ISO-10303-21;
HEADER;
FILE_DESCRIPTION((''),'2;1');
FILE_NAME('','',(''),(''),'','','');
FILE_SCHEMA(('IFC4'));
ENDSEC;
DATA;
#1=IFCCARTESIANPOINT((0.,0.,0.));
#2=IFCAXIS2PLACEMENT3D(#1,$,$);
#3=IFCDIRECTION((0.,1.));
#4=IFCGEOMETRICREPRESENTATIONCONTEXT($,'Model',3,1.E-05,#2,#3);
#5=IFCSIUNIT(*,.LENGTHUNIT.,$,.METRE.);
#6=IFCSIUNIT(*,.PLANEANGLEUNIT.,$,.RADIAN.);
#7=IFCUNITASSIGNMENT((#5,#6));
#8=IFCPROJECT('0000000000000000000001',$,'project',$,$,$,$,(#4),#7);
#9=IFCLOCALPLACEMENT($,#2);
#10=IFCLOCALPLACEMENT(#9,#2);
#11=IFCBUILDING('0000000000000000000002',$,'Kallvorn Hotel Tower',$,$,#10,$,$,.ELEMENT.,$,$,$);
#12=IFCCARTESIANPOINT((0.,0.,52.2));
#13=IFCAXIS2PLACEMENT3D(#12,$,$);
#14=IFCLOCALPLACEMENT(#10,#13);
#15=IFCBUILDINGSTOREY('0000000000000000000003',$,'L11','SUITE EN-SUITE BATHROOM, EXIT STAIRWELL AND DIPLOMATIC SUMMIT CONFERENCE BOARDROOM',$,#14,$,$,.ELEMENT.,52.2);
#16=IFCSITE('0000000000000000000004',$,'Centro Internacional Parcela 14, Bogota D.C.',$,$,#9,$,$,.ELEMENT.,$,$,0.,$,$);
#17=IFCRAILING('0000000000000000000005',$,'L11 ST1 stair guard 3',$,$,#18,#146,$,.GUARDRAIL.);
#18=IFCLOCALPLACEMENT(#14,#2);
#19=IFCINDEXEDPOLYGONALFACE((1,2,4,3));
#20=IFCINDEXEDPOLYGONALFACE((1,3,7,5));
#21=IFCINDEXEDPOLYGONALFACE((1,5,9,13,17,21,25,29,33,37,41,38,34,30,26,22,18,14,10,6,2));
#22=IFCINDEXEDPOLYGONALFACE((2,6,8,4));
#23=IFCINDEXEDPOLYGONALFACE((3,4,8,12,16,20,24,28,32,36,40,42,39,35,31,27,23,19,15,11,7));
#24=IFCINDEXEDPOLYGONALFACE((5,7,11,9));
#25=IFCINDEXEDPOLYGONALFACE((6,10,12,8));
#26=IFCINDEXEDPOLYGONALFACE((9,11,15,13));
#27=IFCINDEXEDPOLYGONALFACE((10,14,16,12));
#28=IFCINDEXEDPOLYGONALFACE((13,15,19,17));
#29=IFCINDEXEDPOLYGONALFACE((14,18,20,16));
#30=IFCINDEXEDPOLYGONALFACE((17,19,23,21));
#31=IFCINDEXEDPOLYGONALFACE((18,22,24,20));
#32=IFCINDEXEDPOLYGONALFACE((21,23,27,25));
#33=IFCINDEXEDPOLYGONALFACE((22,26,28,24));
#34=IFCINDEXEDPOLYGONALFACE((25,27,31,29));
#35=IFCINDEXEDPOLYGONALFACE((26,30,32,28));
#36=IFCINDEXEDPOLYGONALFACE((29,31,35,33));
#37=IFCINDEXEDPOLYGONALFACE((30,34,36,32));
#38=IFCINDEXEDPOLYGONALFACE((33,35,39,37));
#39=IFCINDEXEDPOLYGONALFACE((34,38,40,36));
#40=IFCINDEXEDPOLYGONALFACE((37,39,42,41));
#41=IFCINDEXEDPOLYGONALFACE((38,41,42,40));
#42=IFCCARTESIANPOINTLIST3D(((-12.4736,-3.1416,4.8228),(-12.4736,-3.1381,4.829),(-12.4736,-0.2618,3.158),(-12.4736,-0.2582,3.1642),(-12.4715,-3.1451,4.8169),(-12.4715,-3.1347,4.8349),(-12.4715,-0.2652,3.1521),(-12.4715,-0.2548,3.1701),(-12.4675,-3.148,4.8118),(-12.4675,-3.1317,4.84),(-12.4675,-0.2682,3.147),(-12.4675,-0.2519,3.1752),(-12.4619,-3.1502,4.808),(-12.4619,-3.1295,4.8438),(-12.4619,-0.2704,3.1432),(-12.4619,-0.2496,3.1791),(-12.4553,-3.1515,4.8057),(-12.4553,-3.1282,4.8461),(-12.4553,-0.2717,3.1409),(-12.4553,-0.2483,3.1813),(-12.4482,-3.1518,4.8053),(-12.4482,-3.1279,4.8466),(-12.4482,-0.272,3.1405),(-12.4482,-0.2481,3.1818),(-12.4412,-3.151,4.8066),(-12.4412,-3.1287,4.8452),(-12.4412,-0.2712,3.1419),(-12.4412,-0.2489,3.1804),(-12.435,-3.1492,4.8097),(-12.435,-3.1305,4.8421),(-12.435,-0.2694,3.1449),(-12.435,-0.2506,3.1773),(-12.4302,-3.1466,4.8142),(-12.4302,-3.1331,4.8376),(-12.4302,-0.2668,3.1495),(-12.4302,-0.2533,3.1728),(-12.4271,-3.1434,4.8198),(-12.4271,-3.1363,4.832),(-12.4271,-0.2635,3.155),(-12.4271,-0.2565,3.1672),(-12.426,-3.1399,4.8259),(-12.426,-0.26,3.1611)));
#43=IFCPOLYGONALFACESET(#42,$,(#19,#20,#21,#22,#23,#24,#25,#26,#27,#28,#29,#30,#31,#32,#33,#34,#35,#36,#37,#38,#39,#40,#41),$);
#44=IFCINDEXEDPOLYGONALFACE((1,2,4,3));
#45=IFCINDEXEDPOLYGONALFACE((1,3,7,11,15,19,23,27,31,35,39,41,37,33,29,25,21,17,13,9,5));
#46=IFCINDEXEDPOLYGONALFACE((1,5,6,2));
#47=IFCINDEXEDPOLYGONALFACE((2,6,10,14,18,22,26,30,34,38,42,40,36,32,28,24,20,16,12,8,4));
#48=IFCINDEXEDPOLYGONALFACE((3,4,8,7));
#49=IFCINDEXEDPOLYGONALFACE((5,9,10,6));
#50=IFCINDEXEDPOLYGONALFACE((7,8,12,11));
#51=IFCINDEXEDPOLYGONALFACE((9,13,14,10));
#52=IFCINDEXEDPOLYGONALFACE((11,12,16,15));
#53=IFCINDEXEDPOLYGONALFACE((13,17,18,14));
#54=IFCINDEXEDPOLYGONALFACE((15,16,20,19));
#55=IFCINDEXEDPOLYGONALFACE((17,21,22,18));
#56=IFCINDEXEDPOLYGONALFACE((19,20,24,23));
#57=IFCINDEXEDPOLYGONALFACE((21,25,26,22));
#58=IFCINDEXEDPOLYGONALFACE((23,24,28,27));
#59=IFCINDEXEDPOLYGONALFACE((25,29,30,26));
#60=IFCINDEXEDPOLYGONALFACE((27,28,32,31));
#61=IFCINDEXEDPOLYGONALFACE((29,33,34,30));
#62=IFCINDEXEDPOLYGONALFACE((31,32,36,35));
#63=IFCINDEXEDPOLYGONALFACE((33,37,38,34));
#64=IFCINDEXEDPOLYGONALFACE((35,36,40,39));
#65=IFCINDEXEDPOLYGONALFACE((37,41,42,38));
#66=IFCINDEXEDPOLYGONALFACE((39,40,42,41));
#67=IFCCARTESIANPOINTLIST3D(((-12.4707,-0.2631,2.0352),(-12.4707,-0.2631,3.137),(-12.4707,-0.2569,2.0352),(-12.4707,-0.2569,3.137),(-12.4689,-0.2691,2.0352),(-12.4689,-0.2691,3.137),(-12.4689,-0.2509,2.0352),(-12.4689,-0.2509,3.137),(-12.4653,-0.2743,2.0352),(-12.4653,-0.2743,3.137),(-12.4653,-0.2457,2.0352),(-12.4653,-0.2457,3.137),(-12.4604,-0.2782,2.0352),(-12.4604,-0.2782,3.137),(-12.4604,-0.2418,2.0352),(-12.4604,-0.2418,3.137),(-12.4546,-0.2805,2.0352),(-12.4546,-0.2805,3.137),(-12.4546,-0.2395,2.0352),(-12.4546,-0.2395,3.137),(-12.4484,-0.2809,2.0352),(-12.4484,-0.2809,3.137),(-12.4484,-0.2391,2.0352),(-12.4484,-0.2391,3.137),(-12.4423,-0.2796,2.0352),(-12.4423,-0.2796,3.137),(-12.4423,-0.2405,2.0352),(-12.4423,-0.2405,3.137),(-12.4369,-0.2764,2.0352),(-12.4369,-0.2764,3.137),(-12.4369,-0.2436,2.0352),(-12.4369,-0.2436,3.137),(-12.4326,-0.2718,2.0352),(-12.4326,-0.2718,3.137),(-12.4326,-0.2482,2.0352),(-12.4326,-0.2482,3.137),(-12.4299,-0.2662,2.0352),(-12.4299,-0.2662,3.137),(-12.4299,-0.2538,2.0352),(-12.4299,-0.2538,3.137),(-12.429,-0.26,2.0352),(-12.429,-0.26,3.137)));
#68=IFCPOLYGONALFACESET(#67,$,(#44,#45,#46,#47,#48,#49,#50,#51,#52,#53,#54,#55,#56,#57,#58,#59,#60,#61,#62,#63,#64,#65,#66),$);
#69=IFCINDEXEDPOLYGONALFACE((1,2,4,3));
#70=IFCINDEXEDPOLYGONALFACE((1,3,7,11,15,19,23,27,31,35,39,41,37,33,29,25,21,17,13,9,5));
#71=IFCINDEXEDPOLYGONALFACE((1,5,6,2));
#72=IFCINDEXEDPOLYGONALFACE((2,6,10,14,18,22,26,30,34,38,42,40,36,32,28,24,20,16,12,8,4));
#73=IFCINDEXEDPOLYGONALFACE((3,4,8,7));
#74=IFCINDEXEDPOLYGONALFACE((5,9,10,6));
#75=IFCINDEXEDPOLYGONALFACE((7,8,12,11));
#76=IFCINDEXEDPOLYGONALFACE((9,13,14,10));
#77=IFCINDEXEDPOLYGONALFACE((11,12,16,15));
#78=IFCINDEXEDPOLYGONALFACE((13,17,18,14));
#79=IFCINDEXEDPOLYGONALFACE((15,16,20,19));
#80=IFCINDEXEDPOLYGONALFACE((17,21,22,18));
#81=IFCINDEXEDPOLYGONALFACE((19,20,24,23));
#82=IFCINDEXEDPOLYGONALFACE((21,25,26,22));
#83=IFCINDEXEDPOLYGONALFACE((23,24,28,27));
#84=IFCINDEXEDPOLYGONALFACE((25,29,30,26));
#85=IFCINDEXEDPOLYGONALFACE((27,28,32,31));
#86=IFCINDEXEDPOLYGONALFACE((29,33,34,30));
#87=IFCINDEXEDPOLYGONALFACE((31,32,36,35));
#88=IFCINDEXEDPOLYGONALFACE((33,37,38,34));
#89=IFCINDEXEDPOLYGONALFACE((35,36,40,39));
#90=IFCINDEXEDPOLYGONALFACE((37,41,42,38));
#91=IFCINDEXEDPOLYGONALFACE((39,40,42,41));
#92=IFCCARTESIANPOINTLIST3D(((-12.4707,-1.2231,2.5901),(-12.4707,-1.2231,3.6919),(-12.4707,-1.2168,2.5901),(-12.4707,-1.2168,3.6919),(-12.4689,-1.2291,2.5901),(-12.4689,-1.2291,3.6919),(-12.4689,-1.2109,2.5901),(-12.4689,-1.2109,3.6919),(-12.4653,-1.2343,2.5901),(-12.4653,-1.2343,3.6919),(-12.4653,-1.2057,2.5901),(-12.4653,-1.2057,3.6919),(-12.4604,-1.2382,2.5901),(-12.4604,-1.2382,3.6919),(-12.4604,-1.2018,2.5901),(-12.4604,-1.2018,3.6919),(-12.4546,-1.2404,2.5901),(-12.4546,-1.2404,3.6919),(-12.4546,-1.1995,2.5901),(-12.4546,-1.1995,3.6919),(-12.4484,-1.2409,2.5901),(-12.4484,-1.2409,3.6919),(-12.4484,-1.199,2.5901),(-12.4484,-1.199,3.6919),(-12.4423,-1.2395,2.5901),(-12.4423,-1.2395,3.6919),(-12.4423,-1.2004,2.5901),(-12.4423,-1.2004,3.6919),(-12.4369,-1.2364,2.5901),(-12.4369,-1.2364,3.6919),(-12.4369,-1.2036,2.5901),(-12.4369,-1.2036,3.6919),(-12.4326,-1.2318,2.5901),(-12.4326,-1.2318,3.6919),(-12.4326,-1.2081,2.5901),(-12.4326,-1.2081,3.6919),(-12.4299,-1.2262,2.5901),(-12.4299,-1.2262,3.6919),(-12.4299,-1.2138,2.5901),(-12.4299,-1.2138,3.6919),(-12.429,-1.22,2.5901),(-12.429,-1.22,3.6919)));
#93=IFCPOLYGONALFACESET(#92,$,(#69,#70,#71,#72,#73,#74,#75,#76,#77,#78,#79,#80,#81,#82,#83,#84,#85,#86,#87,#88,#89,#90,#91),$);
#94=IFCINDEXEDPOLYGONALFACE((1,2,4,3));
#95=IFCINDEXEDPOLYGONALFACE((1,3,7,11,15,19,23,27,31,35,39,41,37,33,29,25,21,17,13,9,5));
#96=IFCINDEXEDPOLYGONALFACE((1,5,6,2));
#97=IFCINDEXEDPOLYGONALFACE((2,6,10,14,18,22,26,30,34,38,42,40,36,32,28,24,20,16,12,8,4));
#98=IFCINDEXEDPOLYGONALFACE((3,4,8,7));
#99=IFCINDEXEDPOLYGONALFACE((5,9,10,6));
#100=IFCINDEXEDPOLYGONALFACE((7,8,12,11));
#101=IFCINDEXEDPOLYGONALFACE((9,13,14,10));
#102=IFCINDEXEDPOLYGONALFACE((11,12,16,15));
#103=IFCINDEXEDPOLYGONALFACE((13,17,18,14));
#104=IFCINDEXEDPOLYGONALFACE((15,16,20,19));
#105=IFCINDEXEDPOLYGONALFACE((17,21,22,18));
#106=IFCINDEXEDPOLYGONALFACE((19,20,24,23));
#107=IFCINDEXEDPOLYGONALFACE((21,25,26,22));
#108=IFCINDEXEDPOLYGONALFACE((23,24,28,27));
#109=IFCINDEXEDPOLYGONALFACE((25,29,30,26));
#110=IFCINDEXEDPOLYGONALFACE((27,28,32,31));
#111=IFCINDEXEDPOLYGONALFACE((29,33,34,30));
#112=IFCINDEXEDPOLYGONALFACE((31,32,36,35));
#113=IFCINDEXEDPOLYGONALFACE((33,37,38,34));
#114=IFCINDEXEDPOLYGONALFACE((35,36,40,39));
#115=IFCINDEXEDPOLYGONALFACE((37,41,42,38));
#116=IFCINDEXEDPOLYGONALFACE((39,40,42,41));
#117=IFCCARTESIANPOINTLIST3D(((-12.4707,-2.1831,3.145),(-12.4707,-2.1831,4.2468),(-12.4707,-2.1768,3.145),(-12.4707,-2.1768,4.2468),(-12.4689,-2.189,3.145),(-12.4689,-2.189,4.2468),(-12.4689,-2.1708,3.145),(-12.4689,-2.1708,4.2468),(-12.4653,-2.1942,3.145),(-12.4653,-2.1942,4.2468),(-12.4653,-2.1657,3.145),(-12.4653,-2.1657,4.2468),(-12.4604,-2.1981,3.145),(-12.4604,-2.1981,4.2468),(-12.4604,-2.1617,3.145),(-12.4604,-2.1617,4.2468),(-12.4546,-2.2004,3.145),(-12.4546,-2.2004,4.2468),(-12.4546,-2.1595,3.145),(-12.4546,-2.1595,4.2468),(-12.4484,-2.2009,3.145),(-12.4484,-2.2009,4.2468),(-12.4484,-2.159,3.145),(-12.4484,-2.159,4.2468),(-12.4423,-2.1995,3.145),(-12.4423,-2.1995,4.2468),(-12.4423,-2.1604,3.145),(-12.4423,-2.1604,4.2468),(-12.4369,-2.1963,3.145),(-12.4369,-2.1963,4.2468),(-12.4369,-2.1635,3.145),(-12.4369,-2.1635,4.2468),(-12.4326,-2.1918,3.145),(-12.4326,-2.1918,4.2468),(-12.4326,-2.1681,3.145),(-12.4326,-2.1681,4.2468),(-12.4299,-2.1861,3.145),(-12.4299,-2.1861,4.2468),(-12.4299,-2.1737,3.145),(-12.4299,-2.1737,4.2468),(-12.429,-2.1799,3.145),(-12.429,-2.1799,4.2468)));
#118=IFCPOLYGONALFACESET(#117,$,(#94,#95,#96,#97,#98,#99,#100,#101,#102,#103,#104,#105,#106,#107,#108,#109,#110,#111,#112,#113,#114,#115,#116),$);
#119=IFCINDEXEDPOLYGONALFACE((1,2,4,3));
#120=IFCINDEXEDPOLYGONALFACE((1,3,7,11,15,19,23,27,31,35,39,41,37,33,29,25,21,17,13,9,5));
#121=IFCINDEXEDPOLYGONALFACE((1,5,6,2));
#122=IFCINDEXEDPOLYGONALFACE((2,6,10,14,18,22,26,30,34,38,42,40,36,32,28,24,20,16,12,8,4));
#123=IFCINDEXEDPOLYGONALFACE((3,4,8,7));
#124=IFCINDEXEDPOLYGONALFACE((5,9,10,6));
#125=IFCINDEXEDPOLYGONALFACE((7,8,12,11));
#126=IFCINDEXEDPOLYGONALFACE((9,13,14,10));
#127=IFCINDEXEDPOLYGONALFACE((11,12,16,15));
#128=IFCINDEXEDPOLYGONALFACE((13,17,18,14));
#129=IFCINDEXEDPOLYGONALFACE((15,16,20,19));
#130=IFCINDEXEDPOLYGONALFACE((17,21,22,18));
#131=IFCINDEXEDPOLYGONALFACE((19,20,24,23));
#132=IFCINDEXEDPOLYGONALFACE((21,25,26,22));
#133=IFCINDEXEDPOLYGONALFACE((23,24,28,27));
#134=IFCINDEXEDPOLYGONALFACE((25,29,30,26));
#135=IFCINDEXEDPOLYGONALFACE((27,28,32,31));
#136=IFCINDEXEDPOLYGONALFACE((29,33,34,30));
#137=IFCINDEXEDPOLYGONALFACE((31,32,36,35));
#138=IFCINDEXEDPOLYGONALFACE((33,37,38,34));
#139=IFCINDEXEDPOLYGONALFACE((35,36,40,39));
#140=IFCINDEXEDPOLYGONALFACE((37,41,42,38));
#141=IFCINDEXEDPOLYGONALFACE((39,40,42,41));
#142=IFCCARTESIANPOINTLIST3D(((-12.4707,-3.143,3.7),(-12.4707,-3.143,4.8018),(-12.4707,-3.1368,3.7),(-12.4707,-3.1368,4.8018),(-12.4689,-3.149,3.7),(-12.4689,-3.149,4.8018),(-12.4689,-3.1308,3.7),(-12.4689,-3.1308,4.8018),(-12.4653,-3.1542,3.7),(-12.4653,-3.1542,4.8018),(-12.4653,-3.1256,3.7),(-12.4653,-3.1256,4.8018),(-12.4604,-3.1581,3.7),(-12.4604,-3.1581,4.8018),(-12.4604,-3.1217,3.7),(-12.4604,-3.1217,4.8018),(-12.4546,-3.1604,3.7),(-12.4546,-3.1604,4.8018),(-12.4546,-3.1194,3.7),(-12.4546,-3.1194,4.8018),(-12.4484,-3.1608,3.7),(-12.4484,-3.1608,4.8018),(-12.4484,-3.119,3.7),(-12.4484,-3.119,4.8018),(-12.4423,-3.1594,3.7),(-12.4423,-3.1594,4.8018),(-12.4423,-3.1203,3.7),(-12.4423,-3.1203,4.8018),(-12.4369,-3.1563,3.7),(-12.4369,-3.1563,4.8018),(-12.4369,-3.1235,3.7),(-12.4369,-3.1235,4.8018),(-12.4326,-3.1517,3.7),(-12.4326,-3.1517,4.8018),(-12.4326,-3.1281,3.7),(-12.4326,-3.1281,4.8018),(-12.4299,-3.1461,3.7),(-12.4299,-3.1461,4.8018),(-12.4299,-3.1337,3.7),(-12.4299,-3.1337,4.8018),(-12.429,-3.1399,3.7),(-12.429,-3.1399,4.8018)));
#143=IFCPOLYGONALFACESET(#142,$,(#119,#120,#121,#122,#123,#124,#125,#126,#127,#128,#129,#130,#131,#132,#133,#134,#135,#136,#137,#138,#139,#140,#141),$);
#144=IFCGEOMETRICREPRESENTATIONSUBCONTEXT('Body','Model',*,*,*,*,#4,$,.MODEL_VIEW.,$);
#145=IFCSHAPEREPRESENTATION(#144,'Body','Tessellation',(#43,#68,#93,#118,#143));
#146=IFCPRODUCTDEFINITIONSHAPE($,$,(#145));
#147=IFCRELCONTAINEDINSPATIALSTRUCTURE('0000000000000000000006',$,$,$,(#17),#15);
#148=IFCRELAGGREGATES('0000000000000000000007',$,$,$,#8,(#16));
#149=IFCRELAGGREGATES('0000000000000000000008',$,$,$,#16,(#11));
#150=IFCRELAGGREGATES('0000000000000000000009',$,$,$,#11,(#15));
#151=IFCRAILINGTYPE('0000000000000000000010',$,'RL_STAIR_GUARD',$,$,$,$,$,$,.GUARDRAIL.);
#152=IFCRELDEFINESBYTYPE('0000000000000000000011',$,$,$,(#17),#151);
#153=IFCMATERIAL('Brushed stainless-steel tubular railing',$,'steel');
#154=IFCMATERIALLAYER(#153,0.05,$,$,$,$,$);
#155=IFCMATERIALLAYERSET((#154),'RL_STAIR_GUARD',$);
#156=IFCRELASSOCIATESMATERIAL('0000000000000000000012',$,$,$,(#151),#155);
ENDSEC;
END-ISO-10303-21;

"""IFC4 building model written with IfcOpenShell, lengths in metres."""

from ifc_helpers import new_model, si_unit, direction, frame, origin, origin_2d, place, context, subcontext, project, spatial, circle, extrude, material, layer, layer_set, type_object, element, save


model = new_model("IFC4")

# Units and contexts
model_context = context("Model", 3, precision=1e-05, world=origin(), true_north=direction((0.0, 1.0)))
body_context = subcontext(model_context, "Body", "Model", "MODEL_VIEW")
ifc_project = project(units=[si_unit("LENGTHUNIT", "METRE"), si_unit("PLANEANGLEUNIT", "RADIAN")], contexts=[model_context])

# Site, building, storey
site_placement = place(None, origin())
site = spatial("IfcSite", under=ifc_project, at=site_placement, Name="Centro Internacional Parcela 14, Bogota D.C.", CompositionType="ELEMENT", RefElevation=0.0)
building_placement = place(site_placement, origin())
building = spatial("IfcBuilding", under=site, at=building_placement, Name="Kallvorn Hotel Tower", CompositionType="ELEMENT")
storey_placement = place(building_placement, frame((0.0, 0.0, 52.2)))
storey = spatial("IfcBuildingStorey", under=building, at=storey_placement, Name="L11", Description="SUITE EN-SUITE BATHROOM, EXIT STAIRWELL AND DIPLOMATIC SUMMIT CONFERENCE BOARDROOM", CompositionType="ELEMENT", Elevation=52.2)

# Railing
ifc_material_1 = material(Name="Brushed stainless-steel tubular railing", Category="steel")
ifc_layer_1 = layer(ifc_material_1, 0.05)
ifc_layer_set_1 = layer_set([ifc_layer_1], Name="RL_STAIR_GUARD")
railing_type_1 = type_object("IfcRailingType", Name="RL_STAIR_GUARD", PredefinedType="GUARDRAIL", material=ifc_layer_set_1)
railing_1_placement = place(storey_placement, frame((-12.45, -0.26, 2.0352)))
element("IfcRailing", 1, at=railing_1_placement, inside=storey, type_object=railing_type_1, Name="L11 ST1 stair guard 3", PredefinedType="GUARDRAIL", context=body_context, shape_type="SweptSolid", body=[
    extrude(circle(Radius=0.0239, at=origin_2d()), frame((0.0, 0.0, 1.126), z_axis=(0.0, -0.865753, 0.500472), x_axis=(1.0, 0.0, 0.0)), (0.0, 0.0, 1.0), 3.3264),
    extrude(circle(Radius=0.021, at=origin_2d()), origin(), (0.0, 0.0, 1.0), 1.1018),
    extrude(circle(Radius=0.021, at=origin_2d()), frame((0.0, -0.96, 0.5549)), (0.0, 0.0, 1.0), 1.1018),
    extrude(circle(Radius=0.021, at=origin_2d()), frame((0.0, -1.9199, 1.1099)), (0.0, 0.0, 1.0), 1.1018),
    extrude(circle(Radius=0.021, at=origin_2d()), frame((0.0, -2.8799, 1.6648)), (0.0, 0.0, 1.0), 1.1018),
])

save(model, "model.ifc")
